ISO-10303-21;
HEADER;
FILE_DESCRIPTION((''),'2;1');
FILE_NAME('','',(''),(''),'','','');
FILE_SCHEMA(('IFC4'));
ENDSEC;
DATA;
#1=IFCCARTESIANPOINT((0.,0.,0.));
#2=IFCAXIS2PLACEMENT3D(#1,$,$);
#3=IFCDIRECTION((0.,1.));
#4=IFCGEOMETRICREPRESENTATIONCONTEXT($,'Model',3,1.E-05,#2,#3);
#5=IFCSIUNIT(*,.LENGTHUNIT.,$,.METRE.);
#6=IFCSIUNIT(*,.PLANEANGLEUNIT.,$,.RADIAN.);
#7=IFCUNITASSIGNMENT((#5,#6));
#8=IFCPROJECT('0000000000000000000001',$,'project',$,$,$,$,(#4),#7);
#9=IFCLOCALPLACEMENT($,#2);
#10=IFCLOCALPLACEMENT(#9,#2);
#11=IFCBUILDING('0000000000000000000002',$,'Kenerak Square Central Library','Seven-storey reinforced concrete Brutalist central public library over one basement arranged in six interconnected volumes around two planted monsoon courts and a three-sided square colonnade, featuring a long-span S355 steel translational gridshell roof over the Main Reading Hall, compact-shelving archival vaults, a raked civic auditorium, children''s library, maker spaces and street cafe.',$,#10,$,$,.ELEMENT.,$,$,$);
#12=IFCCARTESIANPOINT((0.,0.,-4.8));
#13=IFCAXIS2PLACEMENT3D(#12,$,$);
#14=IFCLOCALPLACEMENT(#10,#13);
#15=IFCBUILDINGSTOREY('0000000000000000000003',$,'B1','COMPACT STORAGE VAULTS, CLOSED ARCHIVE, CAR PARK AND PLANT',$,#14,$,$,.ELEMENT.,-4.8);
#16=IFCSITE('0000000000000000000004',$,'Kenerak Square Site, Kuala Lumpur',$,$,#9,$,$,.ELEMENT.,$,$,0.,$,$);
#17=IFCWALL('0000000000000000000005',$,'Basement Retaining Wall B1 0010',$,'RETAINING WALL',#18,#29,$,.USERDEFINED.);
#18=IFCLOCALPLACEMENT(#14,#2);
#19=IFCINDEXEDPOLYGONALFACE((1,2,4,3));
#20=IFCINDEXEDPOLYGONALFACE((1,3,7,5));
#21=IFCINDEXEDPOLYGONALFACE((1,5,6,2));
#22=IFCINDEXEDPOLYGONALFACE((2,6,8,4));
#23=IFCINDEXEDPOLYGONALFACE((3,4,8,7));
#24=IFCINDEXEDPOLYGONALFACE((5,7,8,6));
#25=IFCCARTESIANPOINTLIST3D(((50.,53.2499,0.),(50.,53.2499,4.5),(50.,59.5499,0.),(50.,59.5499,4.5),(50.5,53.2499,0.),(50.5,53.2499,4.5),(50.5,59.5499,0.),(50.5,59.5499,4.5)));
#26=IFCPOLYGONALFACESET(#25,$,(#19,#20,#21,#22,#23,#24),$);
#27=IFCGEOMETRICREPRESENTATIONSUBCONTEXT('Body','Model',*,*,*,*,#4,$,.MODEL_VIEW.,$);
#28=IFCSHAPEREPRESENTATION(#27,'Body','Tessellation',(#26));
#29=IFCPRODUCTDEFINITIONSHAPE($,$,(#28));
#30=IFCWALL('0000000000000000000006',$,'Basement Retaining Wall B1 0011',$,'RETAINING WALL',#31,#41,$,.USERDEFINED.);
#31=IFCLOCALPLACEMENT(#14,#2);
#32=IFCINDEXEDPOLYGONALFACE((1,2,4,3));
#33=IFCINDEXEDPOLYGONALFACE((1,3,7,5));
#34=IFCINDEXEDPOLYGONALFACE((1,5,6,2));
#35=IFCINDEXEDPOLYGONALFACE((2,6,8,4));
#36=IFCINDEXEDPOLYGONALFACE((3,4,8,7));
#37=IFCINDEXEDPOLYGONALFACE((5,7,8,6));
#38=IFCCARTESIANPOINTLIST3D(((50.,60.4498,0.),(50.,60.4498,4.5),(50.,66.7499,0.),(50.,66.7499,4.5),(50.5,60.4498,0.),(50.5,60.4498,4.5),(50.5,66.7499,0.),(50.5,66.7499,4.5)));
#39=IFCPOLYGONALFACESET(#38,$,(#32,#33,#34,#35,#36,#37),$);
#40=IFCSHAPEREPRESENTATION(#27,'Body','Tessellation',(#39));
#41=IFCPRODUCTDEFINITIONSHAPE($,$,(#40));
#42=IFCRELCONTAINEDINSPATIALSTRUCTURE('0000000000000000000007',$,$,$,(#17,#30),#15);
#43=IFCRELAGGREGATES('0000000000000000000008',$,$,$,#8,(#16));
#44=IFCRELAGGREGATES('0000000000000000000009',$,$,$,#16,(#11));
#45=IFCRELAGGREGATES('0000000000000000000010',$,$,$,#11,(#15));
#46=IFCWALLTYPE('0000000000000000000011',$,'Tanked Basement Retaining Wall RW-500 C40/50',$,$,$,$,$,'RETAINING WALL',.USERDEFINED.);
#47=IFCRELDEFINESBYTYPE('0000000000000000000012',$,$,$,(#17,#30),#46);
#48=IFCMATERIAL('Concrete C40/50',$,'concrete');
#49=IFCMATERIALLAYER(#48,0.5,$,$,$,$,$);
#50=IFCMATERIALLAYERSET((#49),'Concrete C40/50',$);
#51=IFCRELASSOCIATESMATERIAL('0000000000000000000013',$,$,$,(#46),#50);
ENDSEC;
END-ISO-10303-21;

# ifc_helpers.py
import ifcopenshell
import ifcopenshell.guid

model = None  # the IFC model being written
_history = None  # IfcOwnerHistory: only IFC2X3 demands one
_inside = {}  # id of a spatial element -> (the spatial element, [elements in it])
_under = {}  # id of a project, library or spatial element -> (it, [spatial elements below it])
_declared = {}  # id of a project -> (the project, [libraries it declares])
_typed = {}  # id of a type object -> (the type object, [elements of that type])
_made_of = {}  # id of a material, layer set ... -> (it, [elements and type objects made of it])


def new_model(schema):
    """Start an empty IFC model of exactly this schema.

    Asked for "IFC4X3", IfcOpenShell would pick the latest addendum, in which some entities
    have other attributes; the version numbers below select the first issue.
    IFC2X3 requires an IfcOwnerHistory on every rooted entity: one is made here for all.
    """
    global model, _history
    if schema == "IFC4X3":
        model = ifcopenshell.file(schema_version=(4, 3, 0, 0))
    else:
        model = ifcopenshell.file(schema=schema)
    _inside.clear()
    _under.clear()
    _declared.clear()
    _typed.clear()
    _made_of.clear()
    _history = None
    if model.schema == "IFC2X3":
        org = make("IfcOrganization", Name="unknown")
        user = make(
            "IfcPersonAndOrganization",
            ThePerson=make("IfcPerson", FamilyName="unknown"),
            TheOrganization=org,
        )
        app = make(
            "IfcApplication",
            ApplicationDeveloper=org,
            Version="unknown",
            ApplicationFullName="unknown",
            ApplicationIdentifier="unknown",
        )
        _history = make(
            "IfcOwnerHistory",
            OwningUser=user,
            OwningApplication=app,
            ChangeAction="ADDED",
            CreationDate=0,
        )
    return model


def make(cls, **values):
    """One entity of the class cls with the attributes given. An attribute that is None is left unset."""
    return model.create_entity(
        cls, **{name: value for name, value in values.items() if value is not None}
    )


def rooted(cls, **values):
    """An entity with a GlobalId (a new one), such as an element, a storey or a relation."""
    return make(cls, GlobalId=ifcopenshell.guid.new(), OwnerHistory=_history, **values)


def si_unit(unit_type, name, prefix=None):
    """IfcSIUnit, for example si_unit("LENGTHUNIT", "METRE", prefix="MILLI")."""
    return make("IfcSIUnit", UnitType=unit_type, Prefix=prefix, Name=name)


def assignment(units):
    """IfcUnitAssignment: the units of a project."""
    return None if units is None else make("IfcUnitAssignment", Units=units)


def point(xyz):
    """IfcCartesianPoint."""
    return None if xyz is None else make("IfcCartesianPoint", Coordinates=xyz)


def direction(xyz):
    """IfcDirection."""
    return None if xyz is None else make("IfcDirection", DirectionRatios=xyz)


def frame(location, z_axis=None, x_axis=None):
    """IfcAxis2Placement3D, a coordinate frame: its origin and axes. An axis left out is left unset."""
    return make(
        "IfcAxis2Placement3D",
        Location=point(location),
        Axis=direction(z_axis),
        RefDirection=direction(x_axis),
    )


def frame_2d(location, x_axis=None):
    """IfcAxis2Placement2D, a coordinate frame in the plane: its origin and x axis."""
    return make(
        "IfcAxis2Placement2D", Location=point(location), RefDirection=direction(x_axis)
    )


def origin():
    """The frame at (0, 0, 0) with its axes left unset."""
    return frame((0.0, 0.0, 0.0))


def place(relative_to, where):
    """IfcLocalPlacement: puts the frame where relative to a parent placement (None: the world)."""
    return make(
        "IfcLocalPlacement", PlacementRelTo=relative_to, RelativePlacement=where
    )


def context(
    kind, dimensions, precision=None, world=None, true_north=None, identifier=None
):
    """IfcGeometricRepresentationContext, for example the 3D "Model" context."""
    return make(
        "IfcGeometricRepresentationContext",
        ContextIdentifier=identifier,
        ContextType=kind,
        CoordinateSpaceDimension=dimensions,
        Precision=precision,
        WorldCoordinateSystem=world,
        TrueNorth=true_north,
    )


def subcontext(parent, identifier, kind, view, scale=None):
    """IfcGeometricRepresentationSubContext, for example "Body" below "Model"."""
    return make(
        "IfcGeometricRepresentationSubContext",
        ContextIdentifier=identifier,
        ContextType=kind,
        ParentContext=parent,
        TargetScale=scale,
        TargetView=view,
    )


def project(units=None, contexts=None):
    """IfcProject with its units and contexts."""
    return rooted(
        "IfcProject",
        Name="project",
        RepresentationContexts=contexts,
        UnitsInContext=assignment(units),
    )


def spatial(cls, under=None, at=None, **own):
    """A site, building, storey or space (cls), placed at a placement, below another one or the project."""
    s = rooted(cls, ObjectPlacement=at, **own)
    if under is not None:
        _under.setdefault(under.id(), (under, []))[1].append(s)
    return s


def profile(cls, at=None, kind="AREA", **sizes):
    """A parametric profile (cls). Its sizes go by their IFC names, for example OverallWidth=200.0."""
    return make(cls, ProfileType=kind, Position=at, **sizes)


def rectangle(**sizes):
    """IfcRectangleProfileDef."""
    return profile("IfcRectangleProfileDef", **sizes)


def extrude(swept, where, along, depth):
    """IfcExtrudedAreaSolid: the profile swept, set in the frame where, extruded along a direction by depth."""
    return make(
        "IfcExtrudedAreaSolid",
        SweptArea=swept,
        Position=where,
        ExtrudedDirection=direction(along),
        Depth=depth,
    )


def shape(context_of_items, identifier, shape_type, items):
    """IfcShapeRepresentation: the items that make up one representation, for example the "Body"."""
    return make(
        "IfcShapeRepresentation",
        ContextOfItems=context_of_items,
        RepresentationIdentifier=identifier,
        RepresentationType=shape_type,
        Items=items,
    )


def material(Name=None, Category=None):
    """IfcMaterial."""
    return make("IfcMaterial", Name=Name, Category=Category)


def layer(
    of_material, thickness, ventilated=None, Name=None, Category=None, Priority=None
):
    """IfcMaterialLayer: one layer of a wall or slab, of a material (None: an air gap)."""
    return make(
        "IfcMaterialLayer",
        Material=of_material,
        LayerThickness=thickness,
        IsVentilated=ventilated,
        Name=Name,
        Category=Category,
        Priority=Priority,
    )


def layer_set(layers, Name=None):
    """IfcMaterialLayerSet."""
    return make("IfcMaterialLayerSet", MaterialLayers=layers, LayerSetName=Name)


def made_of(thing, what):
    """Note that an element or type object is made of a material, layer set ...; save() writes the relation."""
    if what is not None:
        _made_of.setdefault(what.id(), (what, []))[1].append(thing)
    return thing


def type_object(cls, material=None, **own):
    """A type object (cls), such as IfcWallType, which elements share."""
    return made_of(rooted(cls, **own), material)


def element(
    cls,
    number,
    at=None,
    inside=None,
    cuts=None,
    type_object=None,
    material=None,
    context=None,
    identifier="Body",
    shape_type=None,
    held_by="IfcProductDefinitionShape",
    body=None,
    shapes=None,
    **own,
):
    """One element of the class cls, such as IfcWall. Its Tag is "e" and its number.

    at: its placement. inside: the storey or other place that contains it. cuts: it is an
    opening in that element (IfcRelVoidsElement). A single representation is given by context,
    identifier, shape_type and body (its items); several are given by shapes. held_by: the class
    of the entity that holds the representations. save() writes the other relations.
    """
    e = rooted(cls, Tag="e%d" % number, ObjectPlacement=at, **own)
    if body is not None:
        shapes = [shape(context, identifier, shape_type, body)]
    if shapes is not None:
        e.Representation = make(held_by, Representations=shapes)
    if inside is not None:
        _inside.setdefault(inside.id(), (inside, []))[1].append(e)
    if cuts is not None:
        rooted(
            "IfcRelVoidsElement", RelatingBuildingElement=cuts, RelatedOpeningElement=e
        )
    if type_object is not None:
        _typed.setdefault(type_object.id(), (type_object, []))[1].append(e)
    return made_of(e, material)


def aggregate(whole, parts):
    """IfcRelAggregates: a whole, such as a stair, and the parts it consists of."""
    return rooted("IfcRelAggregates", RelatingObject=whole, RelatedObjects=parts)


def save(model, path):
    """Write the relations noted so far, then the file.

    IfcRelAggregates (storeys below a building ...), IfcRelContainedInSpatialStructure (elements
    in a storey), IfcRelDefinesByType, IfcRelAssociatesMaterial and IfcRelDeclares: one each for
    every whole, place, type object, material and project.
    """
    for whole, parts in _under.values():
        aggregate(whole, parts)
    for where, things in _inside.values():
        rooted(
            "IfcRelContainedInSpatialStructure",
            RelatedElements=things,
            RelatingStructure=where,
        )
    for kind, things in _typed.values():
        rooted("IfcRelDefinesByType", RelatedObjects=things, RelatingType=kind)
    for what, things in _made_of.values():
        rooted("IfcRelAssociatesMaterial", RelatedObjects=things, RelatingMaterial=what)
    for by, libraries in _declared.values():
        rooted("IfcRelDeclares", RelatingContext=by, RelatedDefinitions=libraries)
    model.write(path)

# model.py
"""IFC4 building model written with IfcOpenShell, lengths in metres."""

from ifc_helpers import new_model, si_unit, direction, frame, frame_2d, origin, place, context, subcontext, project, spatial, rectangle, extrude, material, layer, layer_set, type_object, element, save


model = new_model("IFC4")

# Units and contexts
model_context = context("Model", 3, precision=1e-05, world=origin(), true_north=direction((0.0, 1.0)))
body_context = subcontext(model_context, "Body", "Model", "MODEL_VIEW")
ifc_project = project(units=[si_unit("LENGTHUNIT", "METRE"), si_unit("PLANEANGLEUNIT", "RADIAN")], contexts=[model_context])

# Site, building, storey
site_placement = place(None, origin())
site = spatial("IfcSite", under=ifc_project, at=site_placement, Name="Kenerak Square Site, Kuala Lumpur", CompositionType="ELEMENT", RefElevation=0.0)
building_placement = place(site_placement, origin())
building = spatial("IfcBuilding", under=site, at=building_placement, Name="Kenerak Square Central Library", Description="Seven-storey reinforced concrete Brutalist central public library over one basement arranged in six interconnected volumes around two planted monsoon courts and a three-sided square colonnade, featuring a long-span S355 steel translational gridshell roof over the Main Reading Hall, compact-shelving archival vaults, a raked civic auditorium, children's library, maker spaces and street cafe.", CompositionType="ELEMENT")
storey_placement = place(building_placement, frame((0.0, 0.0, -4.8)))
storey = spatial("IfcBuildingStorey", under=building, at=storey_placement, Name="B1", Description="COMPACT STORAGE VAULTS, CLOSED ARCHIVE, CAR PARK AND PLANT", CompositionType="ELEMENT", Elevation=-4.8)

# Shared definitions
ifc_material_1 = material(Name="Concrete C40/50", Category="concrete")

# Walls
ifc_layer_1 = layer(ifc_material_1, 0.5)
ifc_layer_set_1 = layer_set([ifc_layer_1], Name="Concrete C40/50")
wall_type = type_object("IfcWallType", Name="Tanked Basement Retaining Wall RW-500 C40/50", ElementType="RETAINING WALL", PredefinedType="USERDEFINED", material=ifc_layer_set_1)
for number, where, z_axis, x_axis, name in (
    (1, (50.25, 53.25, 0.0), (0.0, 0.0, 1.0), (0.0, 1.0, 0.0), "Basement Retaining Wall B1 0010"),
    (2, (50.25, 60.45, 0.0), (0.0, 0.0, 1.0), (0.0, 1.0, 0.0), "Basement Retaining Wall B1 0011"),
):
    element("IfcWall", number, at=place(storey_placement, frame(where, z_axis=z_axis, x_axis=x_axis)), inside=storey, type_object=wall_type, Name=name, ObjectType="RETAINING WALL", PredefinedType="USERDEFINED", context=body_context, shape_type="SweptSolid", body=[
        extrude(rectangle(XDim=6.3, YDim=0.5, at=frame_2d((3.1499, 0.0))), origin(), (0.0, 0.0, 1.0), 4.5),
    ])

save(model, "model.ifc")
